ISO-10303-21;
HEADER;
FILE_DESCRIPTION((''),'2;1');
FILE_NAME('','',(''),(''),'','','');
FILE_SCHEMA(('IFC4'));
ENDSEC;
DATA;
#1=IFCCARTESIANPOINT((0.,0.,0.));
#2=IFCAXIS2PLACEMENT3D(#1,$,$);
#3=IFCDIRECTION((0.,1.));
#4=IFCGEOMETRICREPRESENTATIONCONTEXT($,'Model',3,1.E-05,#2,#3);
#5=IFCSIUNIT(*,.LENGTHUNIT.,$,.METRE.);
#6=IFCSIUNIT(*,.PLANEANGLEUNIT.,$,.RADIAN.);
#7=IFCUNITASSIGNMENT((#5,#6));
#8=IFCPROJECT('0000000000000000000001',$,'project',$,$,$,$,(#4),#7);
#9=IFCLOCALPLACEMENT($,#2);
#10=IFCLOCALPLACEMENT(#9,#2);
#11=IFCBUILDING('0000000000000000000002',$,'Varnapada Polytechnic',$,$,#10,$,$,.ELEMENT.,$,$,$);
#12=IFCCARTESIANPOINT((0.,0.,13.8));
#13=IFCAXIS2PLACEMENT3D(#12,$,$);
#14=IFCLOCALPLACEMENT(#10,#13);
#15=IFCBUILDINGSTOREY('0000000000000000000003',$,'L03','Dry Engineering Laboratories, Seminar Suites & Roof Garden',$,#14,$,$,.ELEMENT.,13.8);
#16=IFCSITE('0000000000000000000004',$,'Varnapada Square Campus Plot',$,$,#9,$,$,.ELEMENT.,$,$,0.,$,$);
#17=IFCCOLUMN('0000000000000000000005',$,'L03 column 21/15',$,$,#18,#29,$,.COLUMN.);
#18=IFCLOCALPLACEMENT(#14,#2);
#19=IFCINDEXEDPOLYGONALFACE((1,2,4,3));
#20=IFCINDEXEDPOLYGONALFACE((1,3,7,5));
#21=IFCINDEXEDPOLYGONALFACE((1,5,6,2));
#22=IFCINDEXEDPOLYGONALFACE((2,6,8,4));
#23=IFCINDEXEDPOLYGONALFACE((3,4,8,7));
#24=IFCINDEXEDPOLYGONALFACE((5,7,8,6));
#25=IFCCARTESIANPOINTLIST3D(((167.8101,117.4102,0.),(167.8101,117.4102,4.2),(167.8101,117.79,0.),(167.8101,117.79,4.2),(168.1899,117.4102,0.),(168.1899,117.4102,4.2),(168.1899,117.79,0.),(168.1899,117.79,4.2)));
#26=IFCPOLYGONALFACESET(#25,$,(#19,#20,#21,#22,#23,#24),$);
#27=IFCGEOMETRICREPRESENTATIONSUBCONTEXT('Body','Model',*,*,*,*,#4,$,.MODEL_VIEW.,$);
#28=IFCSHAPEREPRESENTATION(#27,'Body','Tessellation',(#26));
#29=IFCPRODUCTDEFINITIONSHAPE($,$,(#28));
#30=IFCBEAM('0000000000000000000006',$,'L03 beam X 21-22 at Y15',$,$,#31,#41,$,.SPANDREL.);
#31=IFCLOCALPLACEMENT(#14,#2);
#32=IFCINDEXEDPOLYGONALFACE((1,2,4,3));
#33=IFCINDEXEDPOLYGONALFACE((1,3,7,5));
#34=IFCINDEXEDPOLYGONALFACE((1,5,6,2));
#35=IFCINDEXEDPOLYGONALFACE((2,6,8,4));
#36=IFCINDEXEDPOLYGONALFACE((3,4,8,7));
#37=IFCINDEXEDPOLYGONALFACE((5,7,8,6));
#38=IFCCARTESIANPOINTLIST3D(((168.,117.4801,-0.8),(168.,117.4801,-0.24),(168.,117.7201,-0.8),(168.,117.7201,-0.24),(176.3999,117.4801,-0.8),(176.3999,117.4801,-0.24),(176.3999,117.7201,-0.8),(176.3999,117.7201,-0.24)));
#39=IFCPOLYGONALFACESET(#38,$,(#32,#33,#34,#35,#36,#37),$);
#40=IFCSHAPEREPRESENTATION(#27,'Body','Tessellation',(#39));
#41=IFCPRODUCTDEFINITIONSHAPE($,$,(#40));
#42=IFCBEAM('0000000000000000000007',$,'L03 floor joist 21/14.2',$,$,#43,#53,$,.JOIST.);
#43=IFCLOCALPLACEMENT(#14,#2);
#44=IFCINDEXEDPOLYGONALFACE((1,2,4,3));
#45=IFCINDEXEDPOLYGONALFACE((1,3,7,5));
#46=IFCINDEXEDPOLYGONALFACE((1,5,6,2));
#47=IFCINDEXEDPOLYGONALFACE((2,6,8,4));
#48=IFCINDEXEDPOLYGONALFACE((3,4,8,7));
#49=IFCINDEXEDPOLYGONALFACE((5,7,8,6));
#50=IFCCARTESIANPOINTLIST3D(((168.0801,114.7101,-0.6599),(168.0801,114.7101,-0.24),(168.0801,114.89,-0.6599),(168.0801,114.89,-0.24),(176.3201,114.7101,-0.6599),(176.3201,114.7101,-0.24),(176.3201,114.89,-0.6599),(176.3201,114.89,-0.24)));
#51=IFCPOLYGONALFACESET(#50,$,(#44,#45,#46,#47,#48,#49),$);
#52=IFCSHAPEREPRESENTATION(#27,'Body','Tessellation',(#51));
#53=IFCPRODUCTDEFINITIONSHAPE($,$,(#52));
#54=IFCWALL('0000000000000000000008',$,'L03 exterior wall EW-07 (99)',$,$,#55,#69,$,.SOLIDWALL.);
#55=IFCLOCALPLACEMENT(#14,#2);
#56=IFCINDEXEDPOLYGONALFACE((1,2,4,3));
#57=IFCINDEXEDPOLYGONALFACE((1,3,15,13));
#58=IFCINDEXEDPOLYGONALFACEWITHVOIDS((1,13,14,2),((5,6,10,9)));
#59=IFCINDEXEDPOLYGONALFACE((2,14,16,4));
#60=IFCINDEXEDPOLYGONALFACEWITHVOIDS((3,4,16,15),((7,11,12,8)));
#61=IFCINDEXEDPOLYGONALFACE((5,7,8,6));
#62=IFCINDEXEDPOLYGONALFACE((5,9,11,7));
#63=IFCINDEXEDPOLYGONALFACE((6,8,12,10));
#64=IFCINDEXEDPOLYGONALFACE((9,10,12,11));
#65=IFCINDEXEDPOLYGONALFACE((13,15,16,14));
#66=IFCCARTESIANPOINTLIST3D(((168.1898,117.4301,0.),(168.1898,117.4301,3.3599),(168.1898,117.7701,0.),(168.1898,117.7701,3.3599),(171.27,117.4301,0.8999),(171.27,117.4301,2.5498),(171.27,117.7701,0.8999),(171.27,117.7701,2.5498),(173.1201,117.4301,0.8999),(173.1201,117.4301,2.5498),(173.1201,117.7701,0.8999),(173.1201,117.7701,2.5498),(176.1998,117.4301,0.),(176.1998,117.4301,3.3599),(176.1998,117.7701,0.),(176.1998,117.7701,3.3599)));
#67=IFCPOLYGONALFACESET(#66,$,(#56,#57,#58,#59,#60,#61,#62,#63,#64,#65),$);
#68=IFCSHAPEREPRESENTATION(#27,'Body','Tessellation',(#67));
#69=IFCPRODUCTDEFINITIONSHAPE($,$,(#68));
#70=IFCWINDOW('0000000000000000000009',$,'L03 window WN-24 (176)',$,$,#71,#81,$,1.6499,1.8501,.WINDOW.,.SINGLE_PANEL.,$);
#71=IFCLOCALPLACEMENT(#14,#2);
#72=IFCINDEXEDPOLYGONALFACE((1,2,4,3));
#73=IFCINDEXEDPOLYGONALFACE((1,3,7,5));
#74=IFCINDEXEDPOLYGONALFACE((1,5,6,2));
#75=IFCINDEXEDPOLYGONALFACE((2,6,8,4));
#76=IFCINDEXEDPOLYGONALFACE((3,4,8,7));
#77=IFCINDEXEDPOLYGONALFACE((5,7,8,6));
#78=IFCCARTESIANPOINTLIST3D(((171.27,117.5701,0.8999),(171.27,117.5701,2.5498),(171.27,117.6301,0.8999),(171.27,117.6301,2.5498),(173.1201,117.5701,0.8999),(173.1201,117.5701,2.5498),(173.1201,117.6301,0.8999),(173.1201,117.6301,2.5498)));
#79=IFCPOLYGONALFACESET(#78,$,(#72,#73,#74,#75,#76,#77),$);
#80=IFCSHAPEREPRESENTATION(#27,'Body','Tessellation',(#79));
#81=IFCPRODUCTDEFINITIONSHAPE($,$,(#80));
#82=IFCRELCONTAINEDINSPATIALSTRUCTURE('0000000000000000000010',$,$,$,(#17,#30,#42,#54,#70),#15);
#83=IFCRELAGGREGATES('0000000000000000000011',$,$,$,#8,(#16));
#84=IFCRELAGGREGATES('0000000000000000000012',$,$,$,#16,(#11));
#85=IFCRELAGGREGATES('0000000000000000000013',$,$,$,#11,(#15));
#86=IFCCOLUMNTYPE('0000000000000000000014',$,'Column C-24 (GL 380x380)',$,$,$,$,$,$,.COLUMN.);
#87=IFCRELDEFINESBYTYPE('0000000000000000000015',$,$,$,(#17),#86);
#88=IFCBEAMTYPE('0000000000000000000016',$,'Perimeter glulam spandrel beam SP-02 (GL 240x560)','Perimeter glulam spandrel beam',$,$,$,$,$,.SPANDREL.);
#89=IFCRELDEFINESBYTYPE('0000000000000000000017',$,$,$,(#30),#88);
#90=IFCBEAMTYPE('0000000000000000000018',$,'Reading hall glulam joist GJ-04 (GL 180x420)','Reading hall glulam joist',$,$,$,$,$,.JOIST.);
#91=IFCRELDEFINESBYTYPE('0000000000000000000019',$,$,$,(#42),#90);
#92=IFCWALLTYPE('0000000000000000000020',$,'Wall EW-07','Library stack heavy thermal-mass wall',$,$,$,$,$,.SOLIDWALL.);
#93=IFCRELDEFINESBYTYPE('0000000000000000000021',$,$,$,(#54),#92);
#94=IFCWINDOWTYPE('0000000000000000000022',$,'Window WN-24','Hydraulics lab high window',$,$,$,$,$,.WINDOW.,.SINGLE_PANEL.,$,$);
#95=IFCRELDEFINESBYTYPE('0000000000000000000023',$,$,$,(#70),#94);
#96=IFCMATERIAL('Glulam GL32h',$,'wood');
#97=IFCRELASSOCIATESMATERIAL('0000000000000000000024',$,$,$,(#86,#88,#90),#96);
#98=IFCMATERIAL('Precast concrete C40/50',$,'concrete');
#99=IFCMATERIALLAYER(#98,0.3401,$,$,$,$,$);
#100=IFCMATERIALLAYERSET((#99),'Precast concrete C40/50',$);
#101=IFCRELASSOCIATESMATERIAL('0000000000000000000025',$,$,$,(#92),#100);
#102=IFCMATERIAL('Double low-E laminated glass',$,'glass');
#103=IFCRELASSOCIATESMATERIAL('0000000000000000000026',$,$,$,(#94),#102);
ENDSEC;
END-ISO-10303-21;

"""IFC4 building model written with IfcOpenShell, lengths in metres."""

from ifc_helpers import new_model, si_unit, direction, frame, frame_2d, origin, origin_2d, place, context, subcontext, project, spatial, rectangle, extrude, material, layer, layer_set, material_profile, profile_set, type_object, element, fill, save


model = new_model("IFC4")

# Units and contexts
model_context = context("Model", 3, precision=1e-05, world=origin(), true_north=direction((0.0, 1.0)))
body_context = subcontext(model_context, "Body", "Model", "MODEL_VIEW")
ifc_project = project(units=[si_unit("LENGTHUNIT", "METRE"), si_unit("PLANEANGLEUNIT", "RADIAN")], contexts=[model_context])

# Site, building, storey
site_placement = place(None, origin())
site = spatial("IfcSite", under=ifc_project, at=site_placement, Name="Varnapada Square Campus Plot", CompositionType="ELEMENT", RefElevation=0.0)
building_placement = place(site_placement, origin())
building = spatial("IfcBuilding", under=site, at=building_placement, Name="Varnapada Polytechnic", CompositionType="ELEMENT")
storey_placement = place(building_placement, frame((0.0, 0.0, 13.8)))
storey = spatial("IfcBuildingStorey", under=building, at=storey_placement, Name="L03", Description="Dry Engineering Laboratories, Seminar Suites & Roof Garden", CompositionType="ELEMENT", Elevation=13.8)

# Column
ifc_material_1 = material(Name="Glulam GL32h", Category="wood")
ifc_material_profile_1 = material_profile(ifc_material_1, rectangle(XDim=0.3799, YDim=0.3799, at=origin_2d()), Name="GL 380x380")
ifc_profile_set_1 = profile_set([ifc_material_profile_1], Name="Glulam GL32h")
column_type = type_object("IfcColumnType", Name="Column C-24 (GL 380x380)", PredefinedType="COLUMN", material=ifc_profile_set_1)
column_placement = place(storey_placement, frame((168.0, 117.6001, 0.0), z_axis=(0.0, 0.0, 1.0), x_axis=(1.0, 0.0, 0.0)))
element("IfcColumn", 1, at=column_placement, inside=storey, type_object=column_type, Name="L03 column 21/15", PredefinedType="COLUMN", context=body_context, shape_type="SweptSolid", body=[
    extrude(rectangle(XDim=0.3799, YDim=0.3799, at=origin_2d()), origin(), (0.0, 0.0, 1.0), 4.2),
])

# Beams
ifc_material_profile_2 = material_profile(ifc_material_1, rectangle(XDim=0.24, YDim=0.5601, at=origin_2d()), Name="GL 240x560")
ifc_profile_set_2 = profile_set([ifc_material_profile_2], Name="Glulam GL32h")
beam_type_1 = type_object("IfcBeamType", Name="Perimeter glulam spandrel beam SP-02 (GL 240x560)", Description="Perimeter glulam spandrel beam", PredefinedType="SPANDREL", material=ifc_profile_set_2)
beam_1_placement = place(storey_placement, frame((168.0, 117.6001, -0.52), z_axis=(1.0, 0.0, 0.0), x_axis=(0.0, 1.0, 0.0)))
element("IfcBeam", 2, at=beam_1_placement, inside=storey, type_object=beam_type_1, Name="L03 beam X 21-22 at Y15", PredefinedType="SPANDREL", context=body_context, shape_type="SweptSolid", body=[
    extrude(rectangle(XDim=0.24, YDim=0.5601, at=origin_2d()), origin(), (0.0, 0.0, 1.0), 8.3999),
])
ifc_material_profile_3 = material_profile(ifc_material_1, rectangle(XDim=0.1799, YDim=0.4199, at=origin_2d()), Name="GL 180x420")
ifc_profile_set_3 = profile_set([ifc_material_profile_3], Name="Glulam GL32h")
beam_type_2 = type_object("IfcBeamType", Name="Reading hall glulam joist GJ-04 (GL 180x420)", Description="Reading hall glulam joist", PredefinedType="JOIST", material=ifc_profile_set_3)
beam_2_placement = place(storey_placement, frame((168.0801, 114.8, -0.45), z_axis=(1.0, 0.0, 0.0), x_axis=(0.0, 1.0, 0.0)))
element("IfcBeam", 3, at=beam_2_placement, inside=storey, type_object=beam_type_2, Name="L03 floor joist 21/14.2", PredefinedType="JOIST", context=body_context, shape_type="SweptSolid", body=[
    extrude(rectangle(XDim=0.1799, YDim=0.4199, at=origin_2d()), origin(), (0.0, 0.0, 1.0), 8.24),
])

# Wall, opening, window
ifc_material_2 = material(Name="Precast concrete C40/50", Category="concrete")
ifc_layer_1 = layer(ifc_material_2, 0.3401)
ifc_layer_set_1 = layer_set([ifc_layer_1], Name="Precast concrete C40/50")
wall_type = type_object("IfcWallType", Name="Wall EW-07", Description="Library stack heavy thermal-mass wall", PredefinedType="SOLIDWALL", material=ifc_layer_set_1)
wall_placement = place(storey_placement, frame((168.1899, 117.6001, 0.0), z_axis=(0.0, 0.0, 1.0), x_axis=(1.0, 0.0, 0.0)))
wall = element("IfcWall", 4, at=wall_placement, inside=storey, type_object=wall_type, Name="L03 exterior wall EW-07 (99)", PredefinedType="SOLIDWALL", context=body_context, shape_type="SweptSolid", body=[
    extrude(rectangle(XDim=8.01, YDim=0.3401, at=frame_2d((4.0049, 0.0))), origin(), (0.0, 0.0, 1.0), 3.3599),
])
opening_1_placement = place(wall_placement, frame((3.0801, 0.0, 0.8999)))
opening_1 = element("IfcOpeningElement", 5, at=opening_1_placement, cuts=wall, PredefinedType="OPENING", context=body_context, shape_type="SweptSolid", body=[
    extrude(rectangle(XDim=1.8501, YDim=1.6499, at=frame_2d((0.925, 0.825))), frame((0.0, 0.1799, 0.0), z_axis=(0.0, -1.0, 0.0), x_axis=(1.0, 0.0, 0.0)), (0.0, 0.0, 1.0), 0.3601),
])
ifc_material_3 = material(Name="Double low-E laminated glass", Category="glass")
window_type = type_object("IfcWindowType", Name="Window WN-24", Description="Hydraulics lab high window", PartitioningType="SINGLE_PANEL", PredefinedType="WINDOW", material=ifc_material_3)
window_placement = place(opening_1_placement, origin())
window = element("IfcWindow", 6, at=window_placement, inside=storey, type_object=window_type, Name="L03 window WN-24 (176)", OverallHeight=1.6499, OverallWidth=1.8501, PartitioningType="SINGLE_PANEL", PredefinedType="WINDOW", context=body_context, shape_type="SweptSolid", body=[
    extrude(rectangle(XDim=1.8501, YDim=1.6499, at=frame_2d((0.925, 0.825))), frame((0.0, 0.03, 0.0), z_axis=(0.0, -1.0, 0.0), x_axis=(1.0, 0.0, 0.0)), (0.0, 0.0, 1.0), 0.0601),
])
fill(opening_1, window)

save(model, "model.ifc")
